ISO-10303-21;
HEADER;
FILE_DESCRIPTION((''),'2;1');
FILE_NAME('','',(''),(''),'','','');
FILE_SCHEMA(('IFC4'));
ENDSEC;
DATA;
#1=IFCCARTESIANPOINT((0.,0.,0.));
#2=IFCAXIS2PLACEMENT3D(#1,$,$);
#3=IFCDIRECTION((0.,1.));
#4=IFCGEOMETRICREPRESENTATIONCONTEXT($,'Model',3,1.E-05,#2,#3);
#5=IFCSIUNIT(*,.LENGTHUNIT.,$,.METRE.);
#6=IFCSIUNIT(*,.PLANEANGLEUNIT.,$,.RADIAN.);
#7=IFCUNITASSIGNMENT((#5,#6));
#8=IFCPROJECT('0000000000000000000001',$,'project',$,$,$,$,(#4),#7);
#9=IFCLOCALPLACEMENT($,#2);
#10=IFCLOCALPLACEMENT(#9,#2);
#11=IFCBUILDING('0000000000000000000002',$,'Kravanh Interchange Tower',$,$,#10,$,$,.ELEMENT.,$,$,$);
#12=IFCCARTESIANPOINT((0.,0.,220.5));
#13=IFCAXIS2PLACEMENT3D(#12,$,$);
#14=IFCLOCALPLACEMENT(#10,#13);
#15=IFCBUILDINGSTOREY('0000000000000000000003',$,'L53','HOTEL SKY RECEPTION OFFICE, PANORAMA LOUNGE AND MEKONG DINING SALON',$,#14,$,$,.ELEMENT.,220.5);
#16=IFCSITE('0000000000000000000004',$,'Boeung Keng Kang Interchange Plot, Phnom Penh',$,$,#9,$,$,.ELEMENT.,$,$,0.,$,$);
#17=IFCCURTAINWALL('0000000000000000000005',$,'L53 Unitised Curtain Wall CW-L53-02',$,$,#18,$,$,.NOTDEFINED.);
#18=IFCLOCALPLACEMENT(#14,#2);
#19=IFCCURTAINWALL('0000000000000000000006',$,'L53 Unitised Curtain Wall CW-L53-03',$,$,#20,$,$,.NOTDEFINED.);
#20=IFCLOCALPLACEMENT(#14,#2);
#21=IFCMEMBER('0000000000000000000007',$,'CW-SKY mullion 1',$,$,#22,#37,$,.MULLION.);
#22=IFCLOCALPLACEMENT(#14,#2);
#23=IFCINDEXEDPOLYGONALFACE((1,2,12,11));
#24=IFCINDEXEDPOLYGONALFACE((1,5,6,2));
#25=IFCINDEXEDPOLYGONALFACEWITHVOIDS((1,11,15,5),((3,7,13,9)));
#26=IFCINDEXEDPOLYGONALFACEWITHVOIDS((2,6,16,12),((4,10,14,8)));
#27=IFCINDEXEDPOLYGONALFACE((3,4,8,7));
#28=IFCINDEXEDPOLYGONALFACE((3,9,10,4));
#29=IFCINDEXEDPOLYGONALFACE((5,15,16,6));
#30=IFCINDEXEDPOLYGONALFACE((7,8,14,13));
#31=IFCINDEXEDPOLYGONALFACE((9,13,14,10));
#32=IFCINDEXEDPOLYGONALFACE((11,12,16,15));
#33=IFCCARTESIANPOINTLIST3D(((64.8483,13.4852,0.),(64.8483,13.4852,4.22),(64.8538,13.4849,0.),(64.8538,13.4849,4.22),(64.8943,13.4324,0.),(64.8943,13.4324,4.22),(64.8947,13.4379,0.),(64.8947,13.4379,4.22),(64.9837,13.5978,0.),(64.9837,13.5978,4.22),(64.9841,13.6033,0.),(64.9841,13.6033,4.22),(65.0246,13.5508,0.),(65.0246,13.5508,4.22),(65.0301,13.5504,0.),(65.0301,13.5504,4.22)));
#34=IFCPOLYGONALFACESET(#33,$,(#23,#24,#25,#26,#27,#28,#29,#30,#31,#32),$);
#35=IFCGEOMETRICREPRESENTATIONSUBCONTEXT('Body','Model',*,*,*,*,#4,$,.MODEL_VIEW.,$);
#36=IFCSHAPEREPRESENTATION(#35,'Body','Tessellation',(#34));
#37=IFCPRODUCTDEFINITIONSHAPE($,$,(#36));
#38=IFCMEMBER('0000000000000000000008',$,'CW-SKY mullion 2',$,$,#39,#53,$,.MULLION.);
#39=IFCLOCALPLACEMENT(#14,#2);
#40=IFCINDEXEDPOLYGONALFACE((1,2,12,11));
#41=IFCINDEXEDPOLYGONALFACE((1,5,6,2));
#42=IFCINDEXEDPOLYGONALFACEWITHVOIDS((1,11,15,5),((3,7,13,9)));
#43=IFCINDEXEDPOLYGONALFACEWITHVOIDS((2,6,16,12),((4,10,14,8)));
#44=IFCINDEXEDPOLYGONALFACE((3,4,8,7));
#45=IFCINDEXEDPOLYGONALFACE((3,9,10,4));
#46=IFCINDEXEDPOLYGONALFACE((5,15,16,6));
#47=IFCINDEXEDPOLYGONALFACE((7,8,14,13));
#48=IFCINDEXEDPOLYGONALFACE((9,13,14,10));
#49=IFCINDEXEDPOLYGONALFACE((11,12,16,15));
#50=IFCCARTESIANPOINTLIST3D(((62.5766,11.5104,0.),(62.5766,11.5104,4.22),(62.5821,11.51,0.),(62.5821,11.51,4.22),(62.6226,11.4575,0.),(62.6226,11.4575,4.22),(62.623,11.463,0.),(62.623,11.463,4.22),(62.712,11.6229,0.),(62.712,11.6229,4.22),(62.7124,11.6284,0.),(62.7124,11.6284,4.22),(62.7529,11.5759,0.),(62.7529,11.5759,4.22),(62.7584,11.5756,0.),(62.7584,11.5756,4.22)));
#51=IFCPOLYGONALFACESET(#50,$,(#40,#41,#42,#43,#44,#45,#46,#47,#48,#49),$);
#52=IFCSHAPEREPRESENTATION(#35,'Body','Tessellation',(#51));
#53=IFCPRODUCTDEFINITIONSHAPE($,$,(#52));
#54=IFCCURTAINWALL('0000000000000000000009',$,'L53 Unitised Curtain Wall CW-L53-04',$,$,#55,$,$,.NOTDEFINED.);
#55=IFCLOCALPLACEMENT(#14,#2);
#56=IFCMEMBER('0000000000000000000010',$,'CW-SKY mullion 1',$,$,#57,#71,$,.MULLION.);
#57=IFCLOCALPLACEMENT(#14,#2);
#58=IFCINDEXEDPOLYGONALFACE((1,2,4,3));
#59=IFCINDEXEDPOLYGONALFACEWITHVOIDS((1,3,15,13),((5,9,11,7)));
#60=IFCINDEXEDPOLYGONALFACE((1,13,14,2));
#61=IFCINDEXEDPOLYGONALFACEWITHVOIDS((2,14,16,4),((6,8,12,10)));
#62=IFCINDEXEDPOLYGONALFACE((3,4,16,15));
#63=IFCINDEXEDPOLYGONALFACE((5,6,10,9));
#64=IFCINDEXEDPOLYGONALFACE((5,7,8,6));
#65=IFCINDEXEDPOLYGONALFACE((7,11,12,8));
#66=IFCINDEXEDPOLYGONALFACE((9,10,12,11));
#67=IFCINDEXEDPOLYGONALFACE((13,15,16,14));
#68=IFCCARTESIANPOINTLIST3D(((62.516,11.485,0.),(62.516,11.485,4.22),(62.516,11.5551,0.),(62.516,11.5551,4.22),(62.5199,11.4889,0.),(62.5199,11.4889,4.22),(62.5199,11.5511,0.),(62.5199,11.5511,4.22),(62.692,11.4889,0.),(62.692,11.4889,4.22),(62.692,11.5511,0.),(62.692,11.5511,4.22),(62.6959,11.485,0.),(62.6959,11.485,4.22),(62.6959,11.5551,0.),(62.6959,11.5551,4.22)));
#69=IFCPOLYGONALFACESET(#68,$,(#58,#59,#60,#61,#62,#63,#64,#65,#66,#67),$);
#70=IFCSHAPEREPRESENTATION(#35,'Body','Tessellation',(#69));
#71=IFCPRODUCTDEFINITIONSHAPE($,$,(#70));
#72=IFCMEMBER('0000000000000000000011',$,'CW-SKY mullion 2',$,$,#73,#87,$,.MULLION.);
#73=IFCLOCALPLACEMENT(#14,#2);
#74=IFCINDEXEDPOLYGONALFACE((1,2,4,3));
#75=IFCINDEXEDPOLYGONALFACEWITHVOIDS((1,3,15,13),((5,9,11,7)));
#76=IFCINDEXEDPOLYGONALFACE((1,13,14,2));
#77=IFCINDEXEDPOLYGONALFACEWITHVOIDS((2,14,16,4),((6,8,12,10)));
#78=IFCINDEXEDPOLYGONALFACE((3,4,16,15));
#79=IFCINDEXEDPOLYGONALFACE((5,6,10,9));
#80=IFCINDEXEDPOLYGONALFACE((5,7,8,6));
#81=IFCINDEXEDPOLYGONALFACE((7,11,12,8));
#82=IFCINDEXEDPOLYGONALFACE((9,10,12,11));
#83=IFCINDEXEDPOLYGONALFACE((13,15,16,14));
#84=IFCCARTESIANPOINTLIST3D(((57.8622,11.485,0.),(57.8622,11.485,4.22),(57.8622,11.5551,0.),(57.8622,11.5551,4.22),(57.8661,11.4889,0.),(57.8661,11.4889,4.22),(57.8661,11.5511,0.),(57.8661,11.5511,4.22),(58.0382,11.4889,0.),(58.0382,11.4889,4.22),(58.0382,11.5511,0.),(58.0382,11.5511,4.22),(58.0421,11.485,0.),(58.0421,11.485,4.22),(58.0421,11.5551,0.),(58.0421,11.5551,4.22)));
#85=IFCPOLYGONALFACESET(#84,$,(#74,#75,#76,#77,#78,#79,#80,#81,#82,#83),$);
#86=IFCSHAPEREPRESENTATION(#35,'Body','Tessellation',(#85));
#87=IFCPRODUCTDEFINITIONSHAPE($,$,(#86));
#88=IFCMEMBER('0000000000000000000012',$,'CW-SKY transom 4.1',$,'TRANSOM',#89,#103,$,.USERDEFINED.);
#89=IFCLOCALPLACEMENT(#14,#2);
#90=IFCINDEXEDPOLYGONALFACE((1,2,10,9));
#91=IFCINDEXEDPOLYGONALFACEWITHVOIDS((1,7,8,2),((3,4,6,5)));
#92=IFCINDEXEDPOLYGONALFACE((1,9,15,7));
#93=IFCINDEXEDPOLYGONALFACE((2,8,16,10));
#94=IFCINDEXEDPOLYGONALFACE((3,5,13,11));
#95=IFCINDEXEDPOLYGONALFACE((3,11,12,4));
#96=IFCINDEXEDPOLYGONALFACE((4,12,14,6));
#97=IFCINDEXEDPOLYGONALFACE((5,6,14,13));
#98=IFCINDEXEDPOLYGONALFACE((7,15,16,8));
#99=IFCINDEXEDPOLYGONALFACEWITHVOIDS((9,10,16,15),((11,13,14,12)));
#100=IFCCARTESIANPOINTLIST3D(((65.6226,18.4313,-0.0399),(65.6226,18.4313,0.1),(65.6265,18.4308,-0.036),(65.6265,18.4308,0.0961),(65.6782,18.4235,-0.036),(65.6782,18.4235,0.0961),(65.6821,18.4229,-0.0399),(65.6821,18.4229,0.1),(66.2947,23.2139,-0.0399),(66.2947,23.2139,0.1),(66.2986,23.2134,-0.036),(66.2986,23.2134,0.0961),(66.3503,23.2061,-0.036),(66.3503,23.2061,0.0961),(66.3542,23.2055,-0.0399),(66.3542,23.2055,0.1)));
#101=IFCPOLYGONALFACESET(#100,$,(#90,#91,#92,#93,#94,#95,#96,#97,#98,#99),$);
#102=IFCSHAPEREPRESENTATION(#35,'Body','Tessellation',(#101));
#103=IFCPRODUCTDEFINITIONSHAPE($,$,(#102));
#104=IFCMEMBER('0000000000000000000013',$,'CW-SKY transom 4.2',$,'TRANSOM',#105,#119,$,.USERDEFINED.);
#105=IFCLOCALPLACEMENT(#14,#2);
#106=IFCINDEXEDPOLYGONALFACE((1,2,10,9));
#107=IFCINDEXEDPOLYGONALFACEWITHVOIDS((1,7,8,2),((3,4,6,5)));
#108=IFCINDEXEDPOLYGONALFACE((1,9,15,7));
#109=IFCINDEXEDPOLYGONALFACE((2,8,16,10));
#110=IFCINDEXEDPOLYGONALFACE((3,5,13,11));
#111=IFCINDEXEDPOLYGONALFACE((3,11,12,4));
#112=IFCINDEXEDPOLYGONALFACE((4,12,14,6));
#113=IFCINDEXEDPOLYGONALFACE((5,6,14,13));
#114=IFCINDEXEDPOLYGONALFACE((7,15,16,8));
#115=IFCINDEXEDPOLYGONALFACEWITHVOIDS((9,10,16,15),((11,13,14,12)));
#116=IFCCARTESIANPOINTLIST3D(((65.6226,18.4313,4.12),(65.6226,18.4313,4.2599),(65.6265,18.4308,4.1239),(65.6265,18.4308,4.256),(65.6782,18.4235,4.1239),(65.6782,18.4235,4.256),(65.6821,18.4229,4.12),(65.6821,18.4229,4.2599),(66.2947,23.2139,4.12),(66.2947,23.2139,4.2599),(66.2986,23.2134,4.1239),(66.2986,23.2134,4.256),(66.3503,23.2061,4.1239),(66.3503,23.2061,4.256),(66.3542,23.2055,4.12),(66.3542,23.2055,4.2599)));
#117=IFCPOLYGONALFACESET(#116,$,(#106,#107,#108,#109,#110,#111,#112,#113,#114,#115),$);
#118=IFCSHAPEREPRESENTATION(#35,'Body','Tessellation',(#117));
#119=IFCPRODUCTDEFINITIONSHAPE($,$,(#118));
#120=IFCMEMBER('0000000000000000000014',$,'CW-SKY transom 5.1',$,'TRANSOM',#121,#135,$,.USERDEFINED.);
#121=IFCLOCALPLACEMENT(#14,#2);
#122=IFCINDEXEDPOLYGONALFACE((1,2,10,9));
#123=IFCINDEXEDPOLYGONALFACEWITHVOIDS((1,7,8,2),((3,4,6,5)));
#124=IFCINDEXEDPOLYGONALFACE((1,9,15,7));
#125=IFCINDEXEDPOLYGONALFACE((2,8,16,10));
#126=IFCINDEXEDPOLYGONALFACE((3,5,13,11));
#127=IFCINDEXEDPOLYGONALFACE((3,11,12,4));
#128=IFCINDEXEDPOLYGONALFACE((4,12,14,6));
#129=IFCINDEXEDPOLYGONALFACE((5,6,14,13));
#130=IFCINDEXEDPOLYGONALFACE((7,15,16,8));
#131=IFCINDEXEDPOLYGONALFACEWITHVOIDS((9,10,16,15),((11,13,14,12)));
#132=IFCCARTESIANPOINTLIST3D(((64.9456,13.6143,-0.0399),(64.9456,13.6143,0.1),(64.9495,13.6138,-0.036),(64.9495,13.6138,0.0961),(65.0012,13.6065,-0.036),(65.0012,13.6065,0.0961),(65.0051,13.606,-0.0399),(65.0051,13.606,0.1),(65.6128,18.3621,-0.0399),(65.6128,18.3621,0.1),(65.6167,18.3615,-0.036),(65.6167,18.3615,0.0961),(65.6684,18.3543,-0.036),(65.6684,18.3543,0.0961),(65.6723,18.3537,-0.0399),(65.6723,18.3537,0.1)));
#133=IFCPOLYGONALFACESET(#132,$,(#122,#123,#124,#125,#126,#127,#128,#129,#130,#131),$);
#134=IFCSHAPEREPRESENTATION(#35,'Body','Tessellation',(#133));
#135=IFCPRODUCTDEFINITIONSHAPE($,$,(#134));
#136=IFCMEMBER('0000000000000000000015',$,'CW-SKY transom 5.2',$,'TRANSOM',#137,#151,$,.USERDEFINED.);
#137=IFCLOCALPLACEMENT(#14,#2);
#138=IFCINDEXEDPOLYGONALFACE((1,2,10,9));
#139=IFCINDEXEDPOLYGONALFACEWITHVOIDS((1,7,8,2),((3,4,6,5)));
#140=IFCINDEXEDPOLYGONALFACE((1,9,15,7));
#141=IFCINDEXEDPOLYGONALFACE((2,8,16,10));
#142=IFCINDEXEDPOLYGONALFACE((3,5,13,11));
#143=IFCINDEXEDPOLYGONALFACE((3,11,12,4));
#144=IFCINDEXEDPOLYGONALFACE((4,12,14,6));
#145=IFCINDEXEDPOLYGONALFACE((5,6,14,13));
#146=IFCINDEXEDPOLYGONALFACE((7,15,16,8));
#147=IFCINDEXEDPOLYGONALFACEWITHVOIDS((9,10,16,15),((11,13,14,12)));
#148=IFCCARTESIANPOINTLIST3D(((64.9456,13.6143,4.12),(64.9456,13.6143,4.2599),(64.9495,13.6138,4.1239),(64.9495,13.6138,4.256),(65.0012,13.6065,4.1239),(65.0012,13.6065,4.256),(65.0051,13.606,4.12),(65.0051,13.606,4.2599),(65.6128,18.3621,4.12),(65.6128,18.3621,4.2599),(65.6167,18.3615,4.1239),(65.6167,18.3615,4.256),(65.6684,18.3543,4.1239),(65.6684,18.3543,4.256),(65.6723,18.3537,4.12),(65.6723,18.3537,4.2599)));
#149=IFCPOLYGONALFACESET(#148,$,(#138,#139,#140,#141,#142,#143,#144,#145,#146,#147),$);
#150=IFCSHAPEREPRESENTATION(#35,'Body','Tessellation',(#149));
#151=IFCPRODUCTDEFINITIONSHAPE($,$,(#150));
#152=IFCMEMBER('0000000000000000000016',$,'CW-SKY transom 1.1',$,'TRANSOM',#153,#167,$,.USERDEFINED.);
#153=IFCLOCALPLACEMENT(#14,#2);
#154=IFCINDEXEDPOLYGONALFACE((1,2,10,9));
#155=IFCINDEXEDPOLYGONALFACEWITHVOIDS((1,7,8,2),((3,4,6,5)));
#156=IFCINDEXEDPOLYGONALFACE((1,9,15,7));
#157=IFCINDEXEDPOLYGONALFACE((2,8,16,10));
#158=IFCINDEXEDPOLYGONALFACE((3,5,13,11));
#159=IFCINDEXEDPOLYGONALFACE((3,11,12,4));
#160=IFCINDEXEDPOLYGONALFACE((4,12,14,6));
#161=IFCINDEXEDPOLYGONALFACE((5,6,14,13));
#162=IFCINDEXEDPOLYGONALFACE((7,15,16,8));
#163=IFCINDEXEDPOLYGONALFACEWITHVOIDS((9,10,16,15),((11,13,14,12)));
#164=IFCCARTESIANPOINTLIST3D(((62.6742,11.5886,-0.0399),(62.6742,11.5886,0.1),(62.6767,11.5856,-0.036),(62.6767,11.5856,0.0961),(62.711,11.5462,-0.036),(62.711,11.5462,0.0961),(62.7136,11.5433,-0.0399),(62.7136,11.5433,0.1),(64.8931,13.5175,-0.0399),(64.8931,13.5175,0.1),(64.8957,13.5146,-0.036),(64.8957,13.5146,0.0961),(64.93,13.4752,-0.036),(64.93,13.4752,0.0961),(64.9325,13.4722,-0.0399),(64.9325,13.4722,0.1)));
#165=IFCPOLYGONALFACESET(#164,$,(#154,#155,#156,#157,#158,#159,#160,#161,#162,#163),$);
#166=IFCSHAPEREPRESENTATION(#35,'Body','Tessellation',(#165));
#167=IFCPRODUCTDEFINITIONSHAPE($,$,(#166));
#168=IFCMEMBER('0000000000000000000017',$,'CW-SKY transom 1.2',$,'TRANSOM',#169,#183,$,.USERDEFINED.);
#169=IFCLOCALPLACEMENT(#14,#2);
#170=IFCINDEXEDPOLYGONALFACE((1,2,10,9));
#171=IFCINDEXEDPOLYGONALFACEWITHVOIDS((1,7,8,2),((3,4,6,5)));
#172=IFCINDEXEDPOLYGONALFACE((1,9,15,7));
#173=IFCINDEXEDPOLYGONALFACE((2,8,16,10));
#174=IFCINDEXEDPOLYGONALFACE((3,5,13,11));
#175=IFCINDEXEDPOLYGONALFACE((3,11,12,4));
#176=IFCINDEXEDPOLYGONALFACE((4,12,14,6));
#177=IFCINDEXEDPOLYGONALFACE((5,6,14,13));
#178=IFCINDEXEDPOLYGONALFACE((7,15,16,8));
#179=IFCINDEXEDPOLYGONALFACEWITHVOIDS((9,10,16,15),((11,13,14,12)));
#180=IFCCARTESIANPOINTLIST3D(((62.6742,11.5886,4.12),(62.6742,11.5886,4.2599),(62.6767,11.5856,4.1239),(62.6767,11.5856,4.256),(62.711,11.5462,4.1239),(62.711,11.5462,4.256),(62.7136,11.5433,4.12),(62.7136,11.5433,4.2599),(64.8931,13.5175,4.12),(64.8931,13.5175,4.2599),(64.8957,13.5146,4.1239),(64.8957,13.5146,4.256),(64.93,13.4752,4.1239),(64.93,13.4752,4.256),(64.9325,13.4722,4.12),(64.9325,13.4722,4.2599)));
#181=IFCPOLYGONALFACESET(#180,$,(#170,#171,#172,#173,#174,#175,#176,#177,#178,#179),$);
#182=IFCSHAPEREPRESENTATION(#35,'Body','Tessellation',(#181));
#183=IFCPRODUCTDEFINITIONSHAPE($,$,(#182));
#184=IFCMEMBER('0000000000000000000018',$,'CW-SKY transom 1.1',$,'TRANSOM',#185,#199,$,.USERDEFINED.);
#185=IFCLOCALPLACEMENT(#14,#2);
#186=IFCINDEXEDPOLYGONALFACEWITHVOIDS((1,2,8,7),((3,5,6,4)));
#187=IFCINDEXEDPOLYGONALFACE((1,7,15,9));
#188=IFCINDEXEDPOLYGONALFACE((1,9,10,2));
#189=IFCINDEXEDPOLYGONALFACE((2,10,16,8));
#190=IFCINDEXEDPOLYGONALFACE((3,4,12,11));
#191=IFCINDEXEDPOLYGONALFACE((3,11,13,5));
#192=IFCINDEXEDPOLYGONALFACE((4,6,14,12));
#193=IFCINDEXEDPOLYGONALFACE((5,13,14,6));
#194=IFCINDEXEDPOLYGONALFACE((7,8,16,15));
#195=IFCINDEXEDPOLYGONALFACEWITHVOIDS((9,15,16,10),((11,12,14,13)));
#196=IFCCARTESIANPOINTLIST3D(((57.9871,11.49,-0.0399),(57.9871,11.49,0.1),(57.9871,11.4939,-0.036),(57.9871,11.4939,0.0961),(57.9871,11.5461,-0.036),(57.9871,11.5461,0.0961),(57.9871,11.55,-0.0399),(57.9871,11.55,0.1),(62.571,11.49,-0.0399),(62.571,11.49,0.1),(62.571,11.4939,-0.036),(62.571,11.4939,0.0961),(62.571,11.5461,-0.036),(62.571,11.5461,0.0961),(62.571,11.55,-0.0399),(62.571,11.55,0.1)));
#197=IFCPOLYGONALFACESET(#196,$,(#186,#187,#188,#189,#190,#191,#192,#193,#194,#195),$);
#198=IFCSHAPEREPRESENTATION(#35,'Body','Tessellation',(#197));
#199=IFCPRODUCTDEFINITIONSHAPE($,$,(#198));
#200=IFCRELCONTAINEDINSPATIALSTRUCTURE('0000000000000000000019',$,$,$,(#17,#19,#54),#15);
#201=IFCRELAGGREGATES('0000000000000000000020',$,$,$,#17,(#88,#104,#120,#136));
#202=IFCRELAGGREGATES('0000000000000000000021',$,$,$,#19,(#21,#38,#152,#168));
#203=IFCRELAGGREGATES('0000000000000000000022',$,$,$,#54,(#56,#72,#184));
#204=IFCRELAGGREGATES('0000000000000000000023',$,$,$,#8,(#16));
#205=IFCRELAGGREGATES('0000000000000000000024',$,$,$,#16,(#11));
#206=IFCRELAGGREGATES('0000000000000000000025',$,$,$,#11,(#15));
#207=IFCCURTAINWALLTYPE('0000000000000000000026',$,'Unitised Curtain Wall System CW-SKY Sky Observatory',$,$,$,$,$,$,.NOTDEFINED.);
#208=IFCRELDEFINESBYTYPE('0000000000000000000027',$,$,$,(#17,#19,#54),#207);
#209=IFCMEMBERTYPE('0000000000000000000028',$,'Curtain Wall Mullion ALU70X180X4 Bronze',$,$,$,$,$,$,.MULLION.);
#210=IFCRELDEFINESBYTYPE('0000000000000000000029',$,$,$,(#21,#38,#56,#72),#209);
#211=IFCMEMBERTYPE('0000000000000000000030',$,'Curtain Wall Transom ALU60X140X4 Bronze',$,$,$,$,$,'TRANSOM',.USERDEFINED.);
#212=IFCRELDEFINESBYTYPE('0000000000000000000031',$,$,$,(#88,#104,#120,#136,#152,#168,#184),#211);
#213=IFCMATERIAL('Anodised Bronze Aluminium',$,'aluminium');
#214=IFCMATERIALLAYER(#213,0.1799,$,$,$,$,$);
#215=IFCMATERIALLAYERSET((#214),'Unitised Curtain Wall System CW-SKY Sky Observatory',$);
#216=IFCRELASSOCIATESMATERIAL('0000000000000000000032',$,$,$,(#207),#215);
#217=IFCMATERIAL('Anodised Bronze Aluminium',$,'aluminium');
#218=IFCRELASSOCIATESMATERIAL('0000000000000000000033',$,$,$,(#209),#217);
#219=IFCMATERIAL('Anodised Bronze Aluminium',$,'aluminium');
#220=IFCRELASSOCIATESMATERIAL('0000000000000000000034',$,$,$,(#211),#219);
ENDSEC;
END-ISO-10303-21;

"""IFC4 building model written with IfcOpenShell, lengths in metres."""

from ifc_helpers import new_model, si_unit, direction, frame, origin, origin_2d, place, context, subcontext, project, spatial, hollow_rectangle, extrude, material, layer, layer_set, material_profile, profile_set, type_object, element, aggregate, save


model = new_model("IFC4")

# Units and contexts
model_context = context("Model", 3, precision=1e-05, world=origin(), true_north=direction((0.0, 1.0)))
body_context = subcontext(model_context, "Body", "Model", "MODEL_VIEW")
ifc_project = project(units=[si_unit("LENGTHUNIT", "METRE"), si_unit("PLANEANGLEUNIT", "RADIAN")], contexts=[model_context])

# Site, building, storey
site_placement = place(None, origin())
site = spatial("IfcSite", under=ifc_project, at=site_placement, Name="Boeung Keng Kang Interchange Plot, Phnom Penh", CompositionType="ELEMENT", RefElevation=0.0)
building_placement = place(site_placement, origin())
building = spatial("IfcBuilding", under=site, at=building_placement, Name="Kravanh Interchange Tower", CompositionType="ELEMENT")
storey_placement = place(building_placement, frame((0.0, 0.0, 220.5)))
storey = spatial("IfcBuildingStorey", under=building, at=storey_placement, Name="L53", Description="HOTEL SKY RECEPTION OFFICE, PANORAMA LOUNGE AND MEKONG DINING SALON", CompositionType="ELEMENT", Elevation=220.5)

# Curtain walls, members
ifc_material_1 = material(Name="Anodised Bronze Aluminium", Category="aluminium")
ifc_layer_1 = layer(ifc_material_1, 0.1799)
ifc_layer_set_1 = layer_set([ifc_layer_1], Name="Unitised Curtain Wall System CW-SKY Sky Observatory")
curtain_wall_type = type_object("IfcCurtainWallType", Name="Unitised Curtain Wall System CW-SKY Sky Observatory", PredefinedType="NOTDEFINED", material=ifc_layer_set_1)
curtain_wall_1_placement = place(storey_placement, origin())
curtain_wall_1 = element("IfcCurtainWall", 1, at=curtain_wall_1_placement, inside=storey, type_object=curtain_wall_type, Name="L53 Unitised Curtain Wall CW-L53-02", PredefinedType="NOTDEFINED")
ifc_material_2 = material(Name="Anodised Bronze Aluminium", Category="aluminium")
ifc_material_profile_1 = material_profile(ifc_material_2, hollow_rectangle(XDim=0.0701, YDim=0.1799, WallThickness=0.0039, at=origin_2d()), Name="ALU70X180X4")
ifc_profile_set_1 = profile_set([ifc_material_profile_1], Name="Anodised Bronze Aluminium")
member_type_1 = type_object("IfcMemberType", Name="Curtain Wall Mullion ALU70X180X4 Bronze", PredefinedType="MULLION", material=ifc_profile_set_1)
curtain_wall_2_placement = place(storey_placement, origin())
curtain_wall_2 = element("IfcCurtainWall", 2, at=curtain_wall_2_placement, inside=storey, type_object=curtain_wall_type, Name="L53 Unitised Curtain Wall CW-L53-03", PredefinedType="NOTDEFINED")
member_1_placement = place(storey_placement, frame((64.9392, 13.5178, 0.0), z_axis=(0.0, 0.0, 1.0), x_axis=(0.656051, -0.754717, 0.0)))
member_1 = element("IfcMember", 3, at=member_1_placement, type_object=member_type_1, Name="CW-SKY mullion 1", PredefinedType="MULLION", context=body_context, shape_type="SweptSolid", body=[
    extrude(hollow_rectangle(XDim=0.0701, YDim=0.1799, WallThickness=0.0039, at=origin_2d()), origin(), (0.0, 0.0, 1.0), 4.22),
])
member_2_placement = place(storey_placement, frame((62.6675, 11.543, 0.0), z_axis=(0.0, 0.0, 1.0), x_axis=(0.656051, -0.754717, 0.0)))
member_2 = element("IfcMember", 4, at=member_2_placement, type_object=member_type_1, Name="CW-SKY mullion 2", PredefinedType="MULLION", context=body_context, shape_type="SweptSolid", body=[
    extrude(hollow_rectangle(XDim=0.0701, YDim=0.1799, WallThickness=0.0039, at=origin_2d()), origin(), (0.0, 0.0, 1.0), 4.22),
])
curtain_wall_3_placement = place(storey_placement, origin())
curtain_wall_3 = element("IfcCurtainWall", 5, at=curtain_wall_3_placement, inside=storey, type_object=curtain_wall_type, Name="L53 Unitised Curtain Wall CW-L53-04", PredefinedType="NOTDEFINED")
member_3_placement = place(storey_placement, frame((62.606, 11.52, 0.0), z_axis=(0.0, 0.0, 1.0), x_axis=(0.0, -1.0, 0.0)))
member_3 = element("IfcMember", 6, at=member_3_placement, type_object=member_type_1, Name="CW-SKY mullion 1", PredefinedType="MULLION", context=body_context, shape_type="SweptSolid", body=[
    extrude(hollow_rectangle(XDim=0.0701, YDim=0.1799, WallThickness=0.0039, at=origin_2d()), origin(), (0.0, 0.0, 1.0), 4.22),
])
member_4_placement = place(storey_placement, frame((57.9521, 11.52, 0.0), z_axis=(0.0, 0.0, 1.0), x_axis=(0.0, -1.0, 0.0)))
member_4 = element("IfcMember", 7, at=member_4_placement, type_object=member_type_1, Name="CW-SKY mullion 2", PredefinedType="MULLION", context=body_context, shape_type="SweptSolid", body=[
    extrude(hollow_rectangle(XDim=0.0701, YDim=0.1799, WallThickness=0.0039, at=origin_2d()), origin(), (0.0, 0.0, 1.0), 4.22),
])

# Members
ifc_material_3 = material(Name="Anodised Bronze Aluminium", Category="aluminium")
ifc_material_profile_2 = material_profile(ifc_material_3, hollow_rectangle(XDim=0.0601, YDim=0.1399, WallThickness=0.0039, at=origin_2d()), Name="ALU60X140X4")
ifc_profile_set_2 = profile_set([ifc_material_profile_2], Name="Anodised Bronze Aluminium")
member_type_2 = type_object("IfcMemberType", Name="Curtain Wall Transom ALU60X140X4 Bronze", ElementType="TRANSOM", PredefinedType="USERDEFINED", material=ifc_profile_set_2)
member_5_placement = place(storey_placement, frame((66.3245, 23.2097, 0.03), z_axis=(-0.13917, -0.990268, 0.0), x_axis=(0.990268, -0.13917, 0.0)))
member_5 = element("IfcMember", 8, at=member_5_placement, type_object=member_type_2, Name="CW-SKY transom 4.1", ObjectType="TRANSOM", PredefinedType="USERDEFINED", context=body_context, shape_type="SweptSolid", body=[
    extrude(hollow_rectangle(XDim=0.0601, YDim=0.1399, WallThickness=0.0039, at=origin_2d()), origin(), (0.0, 0.0, 1.0), 4.8296),
])
member_6_placement = place(storey_placement, frame((66.3245, 23.2097, 4.1899), z_axis=(-0.13917, -0.990268, 0.0), x_axis=(0.990268, -0.13917, 0.0)))
member_6 = element("IfcMember", 9, at=member_6_placement, type_object=member_type_2, Name="CW-SKY transom 4.2", ObjectType="TRANSOM", PredefinedType="USERDEFINED", context=body_context, shape_type="SweptSolid", body=[
    extrude(hollow_rectangle(XDim=0.0601, YDim=0.1399, WallThickness=0.0039, at=origin_2d()), origin(), (0.0, 0.0, 1.0), 4.8296),
])
member_7_placement = place(storey_placement, frame((65.6426, 18.3579, 0.03), z_axis=(-0.139168, -0.990269, 0.0), x_axis=(0.990269, -0.139168, 0.0)))
member_7 = element("IfcMember", 10, at=member_7_placement, type_object=member_type_2, Name="CW-SKY transom 5.1", ObjectType="TRANSOM", PredefinedType="USERDEFINED", context=body_context, shape_type="SweptSolid", body=[
    extrude(hollow_rectangle(XDim=0.0601, YDim=0.1399, WallThickness=0.0039, at=origin_2d()), origin(), (0.0, 0.0, 1.0), 4.7944),
])
member_8_placement = place(storey_placement, frame((65.6426, 18.3579, 4.1899), z_axis=(-0.139168, -0.990269, 0.0), x_axis=(0.990269, -0.139168, 0.0)))
member_8 = element("IfcMember", 11, at=member_8_placement, type_object=member_type_2, Name="CW-SKY transom 5.2", ObjectType="TRANSOM", PredefinedType="USERDEFINED", context=body_context, shape_type="SweptSolid", body=[
    extrude(hollow_rectangle(XDim=0.0601, YDim=0.1399, WallThickness=0.0039, at=origin_2d()), origin(), (0.0, 0.0, 1.0), 4.7944),
])
member_9_placement = place(storey_placement, frame((64.9128, 13.4949, 0.03), z_axis=(-0.754707, -0.656062, 0.0), x_axis=(0.656062, -0.754707, 0.0)))
member_9 = element("IfcMember", 12, at=member_9_placement, type_object=member_type_2, Name="CW-SKY transom 1.1", ObjectType="TRANSOM", PredefinedType="USERDEFINED", context=body_context, shape_type="SweptSolid", body=[
    extrude(hollow_rectangle(XDim=0.0601, YDim=0.1399, WallThickness=0.0039, at=origin_2d()), origin(), (0.0, 0.0, 1.0), 2.9402),
])
member_10_placement = place(storey_placement, frame((64.9128, 13.4949, 4.1899), z_axis=(-0.754707, -0.656062, 0.0), x_axis=(0.656062, -0.754707, 0.0)))
member_10 = element("IfcMember", 13, at=member_10_placement, type_object=member_type_2, Name="CW-SKY transom 1.2", ObjectType="TRANSOM", PredefinedType="USERDEFINED", context=body_context, shape_type="SweptSolid", body=[
    extrude(hollow_rectangle(XDim=0.0601, YDim=0.1399, WallThickness=0.0039, at=origin_2d()), origin(), (0.0, 0.0, 1.0), 2.9402),
])
member_11_placement = place(storey_placement, frame((62.571, 11.52, 0.03), z_axis=(-1.0, 0.0, 0.0), x_axis=(0.0, -1.0, 0.0)))
member_11 = element("IfcMember", 14, at=member_11_placement, type_object=member_type_2, Name="CW-SKY transom 1.1", ObjectType="TRANSOM", PredefinedType="USERDEFINED", context=body_context, shape_type="SweptSolid", body=[
    extrude(hollow_rectangle(XDim=0.0601, YDim=0.1399, WallThickness=0.0039, at=origin_2d()), origin(), (0.0, 0.0, 1.0), 4.584),
])

aggregate(curtain_wall_1, [member_5, member_6, member_7, member_8])
aggregate(curtain_wall_2, [member_1, member_2, member_9, member_10])
aggregate(curtain_wall_3, [member_3, member_4, member_11])

save(model, "model.ifc")
